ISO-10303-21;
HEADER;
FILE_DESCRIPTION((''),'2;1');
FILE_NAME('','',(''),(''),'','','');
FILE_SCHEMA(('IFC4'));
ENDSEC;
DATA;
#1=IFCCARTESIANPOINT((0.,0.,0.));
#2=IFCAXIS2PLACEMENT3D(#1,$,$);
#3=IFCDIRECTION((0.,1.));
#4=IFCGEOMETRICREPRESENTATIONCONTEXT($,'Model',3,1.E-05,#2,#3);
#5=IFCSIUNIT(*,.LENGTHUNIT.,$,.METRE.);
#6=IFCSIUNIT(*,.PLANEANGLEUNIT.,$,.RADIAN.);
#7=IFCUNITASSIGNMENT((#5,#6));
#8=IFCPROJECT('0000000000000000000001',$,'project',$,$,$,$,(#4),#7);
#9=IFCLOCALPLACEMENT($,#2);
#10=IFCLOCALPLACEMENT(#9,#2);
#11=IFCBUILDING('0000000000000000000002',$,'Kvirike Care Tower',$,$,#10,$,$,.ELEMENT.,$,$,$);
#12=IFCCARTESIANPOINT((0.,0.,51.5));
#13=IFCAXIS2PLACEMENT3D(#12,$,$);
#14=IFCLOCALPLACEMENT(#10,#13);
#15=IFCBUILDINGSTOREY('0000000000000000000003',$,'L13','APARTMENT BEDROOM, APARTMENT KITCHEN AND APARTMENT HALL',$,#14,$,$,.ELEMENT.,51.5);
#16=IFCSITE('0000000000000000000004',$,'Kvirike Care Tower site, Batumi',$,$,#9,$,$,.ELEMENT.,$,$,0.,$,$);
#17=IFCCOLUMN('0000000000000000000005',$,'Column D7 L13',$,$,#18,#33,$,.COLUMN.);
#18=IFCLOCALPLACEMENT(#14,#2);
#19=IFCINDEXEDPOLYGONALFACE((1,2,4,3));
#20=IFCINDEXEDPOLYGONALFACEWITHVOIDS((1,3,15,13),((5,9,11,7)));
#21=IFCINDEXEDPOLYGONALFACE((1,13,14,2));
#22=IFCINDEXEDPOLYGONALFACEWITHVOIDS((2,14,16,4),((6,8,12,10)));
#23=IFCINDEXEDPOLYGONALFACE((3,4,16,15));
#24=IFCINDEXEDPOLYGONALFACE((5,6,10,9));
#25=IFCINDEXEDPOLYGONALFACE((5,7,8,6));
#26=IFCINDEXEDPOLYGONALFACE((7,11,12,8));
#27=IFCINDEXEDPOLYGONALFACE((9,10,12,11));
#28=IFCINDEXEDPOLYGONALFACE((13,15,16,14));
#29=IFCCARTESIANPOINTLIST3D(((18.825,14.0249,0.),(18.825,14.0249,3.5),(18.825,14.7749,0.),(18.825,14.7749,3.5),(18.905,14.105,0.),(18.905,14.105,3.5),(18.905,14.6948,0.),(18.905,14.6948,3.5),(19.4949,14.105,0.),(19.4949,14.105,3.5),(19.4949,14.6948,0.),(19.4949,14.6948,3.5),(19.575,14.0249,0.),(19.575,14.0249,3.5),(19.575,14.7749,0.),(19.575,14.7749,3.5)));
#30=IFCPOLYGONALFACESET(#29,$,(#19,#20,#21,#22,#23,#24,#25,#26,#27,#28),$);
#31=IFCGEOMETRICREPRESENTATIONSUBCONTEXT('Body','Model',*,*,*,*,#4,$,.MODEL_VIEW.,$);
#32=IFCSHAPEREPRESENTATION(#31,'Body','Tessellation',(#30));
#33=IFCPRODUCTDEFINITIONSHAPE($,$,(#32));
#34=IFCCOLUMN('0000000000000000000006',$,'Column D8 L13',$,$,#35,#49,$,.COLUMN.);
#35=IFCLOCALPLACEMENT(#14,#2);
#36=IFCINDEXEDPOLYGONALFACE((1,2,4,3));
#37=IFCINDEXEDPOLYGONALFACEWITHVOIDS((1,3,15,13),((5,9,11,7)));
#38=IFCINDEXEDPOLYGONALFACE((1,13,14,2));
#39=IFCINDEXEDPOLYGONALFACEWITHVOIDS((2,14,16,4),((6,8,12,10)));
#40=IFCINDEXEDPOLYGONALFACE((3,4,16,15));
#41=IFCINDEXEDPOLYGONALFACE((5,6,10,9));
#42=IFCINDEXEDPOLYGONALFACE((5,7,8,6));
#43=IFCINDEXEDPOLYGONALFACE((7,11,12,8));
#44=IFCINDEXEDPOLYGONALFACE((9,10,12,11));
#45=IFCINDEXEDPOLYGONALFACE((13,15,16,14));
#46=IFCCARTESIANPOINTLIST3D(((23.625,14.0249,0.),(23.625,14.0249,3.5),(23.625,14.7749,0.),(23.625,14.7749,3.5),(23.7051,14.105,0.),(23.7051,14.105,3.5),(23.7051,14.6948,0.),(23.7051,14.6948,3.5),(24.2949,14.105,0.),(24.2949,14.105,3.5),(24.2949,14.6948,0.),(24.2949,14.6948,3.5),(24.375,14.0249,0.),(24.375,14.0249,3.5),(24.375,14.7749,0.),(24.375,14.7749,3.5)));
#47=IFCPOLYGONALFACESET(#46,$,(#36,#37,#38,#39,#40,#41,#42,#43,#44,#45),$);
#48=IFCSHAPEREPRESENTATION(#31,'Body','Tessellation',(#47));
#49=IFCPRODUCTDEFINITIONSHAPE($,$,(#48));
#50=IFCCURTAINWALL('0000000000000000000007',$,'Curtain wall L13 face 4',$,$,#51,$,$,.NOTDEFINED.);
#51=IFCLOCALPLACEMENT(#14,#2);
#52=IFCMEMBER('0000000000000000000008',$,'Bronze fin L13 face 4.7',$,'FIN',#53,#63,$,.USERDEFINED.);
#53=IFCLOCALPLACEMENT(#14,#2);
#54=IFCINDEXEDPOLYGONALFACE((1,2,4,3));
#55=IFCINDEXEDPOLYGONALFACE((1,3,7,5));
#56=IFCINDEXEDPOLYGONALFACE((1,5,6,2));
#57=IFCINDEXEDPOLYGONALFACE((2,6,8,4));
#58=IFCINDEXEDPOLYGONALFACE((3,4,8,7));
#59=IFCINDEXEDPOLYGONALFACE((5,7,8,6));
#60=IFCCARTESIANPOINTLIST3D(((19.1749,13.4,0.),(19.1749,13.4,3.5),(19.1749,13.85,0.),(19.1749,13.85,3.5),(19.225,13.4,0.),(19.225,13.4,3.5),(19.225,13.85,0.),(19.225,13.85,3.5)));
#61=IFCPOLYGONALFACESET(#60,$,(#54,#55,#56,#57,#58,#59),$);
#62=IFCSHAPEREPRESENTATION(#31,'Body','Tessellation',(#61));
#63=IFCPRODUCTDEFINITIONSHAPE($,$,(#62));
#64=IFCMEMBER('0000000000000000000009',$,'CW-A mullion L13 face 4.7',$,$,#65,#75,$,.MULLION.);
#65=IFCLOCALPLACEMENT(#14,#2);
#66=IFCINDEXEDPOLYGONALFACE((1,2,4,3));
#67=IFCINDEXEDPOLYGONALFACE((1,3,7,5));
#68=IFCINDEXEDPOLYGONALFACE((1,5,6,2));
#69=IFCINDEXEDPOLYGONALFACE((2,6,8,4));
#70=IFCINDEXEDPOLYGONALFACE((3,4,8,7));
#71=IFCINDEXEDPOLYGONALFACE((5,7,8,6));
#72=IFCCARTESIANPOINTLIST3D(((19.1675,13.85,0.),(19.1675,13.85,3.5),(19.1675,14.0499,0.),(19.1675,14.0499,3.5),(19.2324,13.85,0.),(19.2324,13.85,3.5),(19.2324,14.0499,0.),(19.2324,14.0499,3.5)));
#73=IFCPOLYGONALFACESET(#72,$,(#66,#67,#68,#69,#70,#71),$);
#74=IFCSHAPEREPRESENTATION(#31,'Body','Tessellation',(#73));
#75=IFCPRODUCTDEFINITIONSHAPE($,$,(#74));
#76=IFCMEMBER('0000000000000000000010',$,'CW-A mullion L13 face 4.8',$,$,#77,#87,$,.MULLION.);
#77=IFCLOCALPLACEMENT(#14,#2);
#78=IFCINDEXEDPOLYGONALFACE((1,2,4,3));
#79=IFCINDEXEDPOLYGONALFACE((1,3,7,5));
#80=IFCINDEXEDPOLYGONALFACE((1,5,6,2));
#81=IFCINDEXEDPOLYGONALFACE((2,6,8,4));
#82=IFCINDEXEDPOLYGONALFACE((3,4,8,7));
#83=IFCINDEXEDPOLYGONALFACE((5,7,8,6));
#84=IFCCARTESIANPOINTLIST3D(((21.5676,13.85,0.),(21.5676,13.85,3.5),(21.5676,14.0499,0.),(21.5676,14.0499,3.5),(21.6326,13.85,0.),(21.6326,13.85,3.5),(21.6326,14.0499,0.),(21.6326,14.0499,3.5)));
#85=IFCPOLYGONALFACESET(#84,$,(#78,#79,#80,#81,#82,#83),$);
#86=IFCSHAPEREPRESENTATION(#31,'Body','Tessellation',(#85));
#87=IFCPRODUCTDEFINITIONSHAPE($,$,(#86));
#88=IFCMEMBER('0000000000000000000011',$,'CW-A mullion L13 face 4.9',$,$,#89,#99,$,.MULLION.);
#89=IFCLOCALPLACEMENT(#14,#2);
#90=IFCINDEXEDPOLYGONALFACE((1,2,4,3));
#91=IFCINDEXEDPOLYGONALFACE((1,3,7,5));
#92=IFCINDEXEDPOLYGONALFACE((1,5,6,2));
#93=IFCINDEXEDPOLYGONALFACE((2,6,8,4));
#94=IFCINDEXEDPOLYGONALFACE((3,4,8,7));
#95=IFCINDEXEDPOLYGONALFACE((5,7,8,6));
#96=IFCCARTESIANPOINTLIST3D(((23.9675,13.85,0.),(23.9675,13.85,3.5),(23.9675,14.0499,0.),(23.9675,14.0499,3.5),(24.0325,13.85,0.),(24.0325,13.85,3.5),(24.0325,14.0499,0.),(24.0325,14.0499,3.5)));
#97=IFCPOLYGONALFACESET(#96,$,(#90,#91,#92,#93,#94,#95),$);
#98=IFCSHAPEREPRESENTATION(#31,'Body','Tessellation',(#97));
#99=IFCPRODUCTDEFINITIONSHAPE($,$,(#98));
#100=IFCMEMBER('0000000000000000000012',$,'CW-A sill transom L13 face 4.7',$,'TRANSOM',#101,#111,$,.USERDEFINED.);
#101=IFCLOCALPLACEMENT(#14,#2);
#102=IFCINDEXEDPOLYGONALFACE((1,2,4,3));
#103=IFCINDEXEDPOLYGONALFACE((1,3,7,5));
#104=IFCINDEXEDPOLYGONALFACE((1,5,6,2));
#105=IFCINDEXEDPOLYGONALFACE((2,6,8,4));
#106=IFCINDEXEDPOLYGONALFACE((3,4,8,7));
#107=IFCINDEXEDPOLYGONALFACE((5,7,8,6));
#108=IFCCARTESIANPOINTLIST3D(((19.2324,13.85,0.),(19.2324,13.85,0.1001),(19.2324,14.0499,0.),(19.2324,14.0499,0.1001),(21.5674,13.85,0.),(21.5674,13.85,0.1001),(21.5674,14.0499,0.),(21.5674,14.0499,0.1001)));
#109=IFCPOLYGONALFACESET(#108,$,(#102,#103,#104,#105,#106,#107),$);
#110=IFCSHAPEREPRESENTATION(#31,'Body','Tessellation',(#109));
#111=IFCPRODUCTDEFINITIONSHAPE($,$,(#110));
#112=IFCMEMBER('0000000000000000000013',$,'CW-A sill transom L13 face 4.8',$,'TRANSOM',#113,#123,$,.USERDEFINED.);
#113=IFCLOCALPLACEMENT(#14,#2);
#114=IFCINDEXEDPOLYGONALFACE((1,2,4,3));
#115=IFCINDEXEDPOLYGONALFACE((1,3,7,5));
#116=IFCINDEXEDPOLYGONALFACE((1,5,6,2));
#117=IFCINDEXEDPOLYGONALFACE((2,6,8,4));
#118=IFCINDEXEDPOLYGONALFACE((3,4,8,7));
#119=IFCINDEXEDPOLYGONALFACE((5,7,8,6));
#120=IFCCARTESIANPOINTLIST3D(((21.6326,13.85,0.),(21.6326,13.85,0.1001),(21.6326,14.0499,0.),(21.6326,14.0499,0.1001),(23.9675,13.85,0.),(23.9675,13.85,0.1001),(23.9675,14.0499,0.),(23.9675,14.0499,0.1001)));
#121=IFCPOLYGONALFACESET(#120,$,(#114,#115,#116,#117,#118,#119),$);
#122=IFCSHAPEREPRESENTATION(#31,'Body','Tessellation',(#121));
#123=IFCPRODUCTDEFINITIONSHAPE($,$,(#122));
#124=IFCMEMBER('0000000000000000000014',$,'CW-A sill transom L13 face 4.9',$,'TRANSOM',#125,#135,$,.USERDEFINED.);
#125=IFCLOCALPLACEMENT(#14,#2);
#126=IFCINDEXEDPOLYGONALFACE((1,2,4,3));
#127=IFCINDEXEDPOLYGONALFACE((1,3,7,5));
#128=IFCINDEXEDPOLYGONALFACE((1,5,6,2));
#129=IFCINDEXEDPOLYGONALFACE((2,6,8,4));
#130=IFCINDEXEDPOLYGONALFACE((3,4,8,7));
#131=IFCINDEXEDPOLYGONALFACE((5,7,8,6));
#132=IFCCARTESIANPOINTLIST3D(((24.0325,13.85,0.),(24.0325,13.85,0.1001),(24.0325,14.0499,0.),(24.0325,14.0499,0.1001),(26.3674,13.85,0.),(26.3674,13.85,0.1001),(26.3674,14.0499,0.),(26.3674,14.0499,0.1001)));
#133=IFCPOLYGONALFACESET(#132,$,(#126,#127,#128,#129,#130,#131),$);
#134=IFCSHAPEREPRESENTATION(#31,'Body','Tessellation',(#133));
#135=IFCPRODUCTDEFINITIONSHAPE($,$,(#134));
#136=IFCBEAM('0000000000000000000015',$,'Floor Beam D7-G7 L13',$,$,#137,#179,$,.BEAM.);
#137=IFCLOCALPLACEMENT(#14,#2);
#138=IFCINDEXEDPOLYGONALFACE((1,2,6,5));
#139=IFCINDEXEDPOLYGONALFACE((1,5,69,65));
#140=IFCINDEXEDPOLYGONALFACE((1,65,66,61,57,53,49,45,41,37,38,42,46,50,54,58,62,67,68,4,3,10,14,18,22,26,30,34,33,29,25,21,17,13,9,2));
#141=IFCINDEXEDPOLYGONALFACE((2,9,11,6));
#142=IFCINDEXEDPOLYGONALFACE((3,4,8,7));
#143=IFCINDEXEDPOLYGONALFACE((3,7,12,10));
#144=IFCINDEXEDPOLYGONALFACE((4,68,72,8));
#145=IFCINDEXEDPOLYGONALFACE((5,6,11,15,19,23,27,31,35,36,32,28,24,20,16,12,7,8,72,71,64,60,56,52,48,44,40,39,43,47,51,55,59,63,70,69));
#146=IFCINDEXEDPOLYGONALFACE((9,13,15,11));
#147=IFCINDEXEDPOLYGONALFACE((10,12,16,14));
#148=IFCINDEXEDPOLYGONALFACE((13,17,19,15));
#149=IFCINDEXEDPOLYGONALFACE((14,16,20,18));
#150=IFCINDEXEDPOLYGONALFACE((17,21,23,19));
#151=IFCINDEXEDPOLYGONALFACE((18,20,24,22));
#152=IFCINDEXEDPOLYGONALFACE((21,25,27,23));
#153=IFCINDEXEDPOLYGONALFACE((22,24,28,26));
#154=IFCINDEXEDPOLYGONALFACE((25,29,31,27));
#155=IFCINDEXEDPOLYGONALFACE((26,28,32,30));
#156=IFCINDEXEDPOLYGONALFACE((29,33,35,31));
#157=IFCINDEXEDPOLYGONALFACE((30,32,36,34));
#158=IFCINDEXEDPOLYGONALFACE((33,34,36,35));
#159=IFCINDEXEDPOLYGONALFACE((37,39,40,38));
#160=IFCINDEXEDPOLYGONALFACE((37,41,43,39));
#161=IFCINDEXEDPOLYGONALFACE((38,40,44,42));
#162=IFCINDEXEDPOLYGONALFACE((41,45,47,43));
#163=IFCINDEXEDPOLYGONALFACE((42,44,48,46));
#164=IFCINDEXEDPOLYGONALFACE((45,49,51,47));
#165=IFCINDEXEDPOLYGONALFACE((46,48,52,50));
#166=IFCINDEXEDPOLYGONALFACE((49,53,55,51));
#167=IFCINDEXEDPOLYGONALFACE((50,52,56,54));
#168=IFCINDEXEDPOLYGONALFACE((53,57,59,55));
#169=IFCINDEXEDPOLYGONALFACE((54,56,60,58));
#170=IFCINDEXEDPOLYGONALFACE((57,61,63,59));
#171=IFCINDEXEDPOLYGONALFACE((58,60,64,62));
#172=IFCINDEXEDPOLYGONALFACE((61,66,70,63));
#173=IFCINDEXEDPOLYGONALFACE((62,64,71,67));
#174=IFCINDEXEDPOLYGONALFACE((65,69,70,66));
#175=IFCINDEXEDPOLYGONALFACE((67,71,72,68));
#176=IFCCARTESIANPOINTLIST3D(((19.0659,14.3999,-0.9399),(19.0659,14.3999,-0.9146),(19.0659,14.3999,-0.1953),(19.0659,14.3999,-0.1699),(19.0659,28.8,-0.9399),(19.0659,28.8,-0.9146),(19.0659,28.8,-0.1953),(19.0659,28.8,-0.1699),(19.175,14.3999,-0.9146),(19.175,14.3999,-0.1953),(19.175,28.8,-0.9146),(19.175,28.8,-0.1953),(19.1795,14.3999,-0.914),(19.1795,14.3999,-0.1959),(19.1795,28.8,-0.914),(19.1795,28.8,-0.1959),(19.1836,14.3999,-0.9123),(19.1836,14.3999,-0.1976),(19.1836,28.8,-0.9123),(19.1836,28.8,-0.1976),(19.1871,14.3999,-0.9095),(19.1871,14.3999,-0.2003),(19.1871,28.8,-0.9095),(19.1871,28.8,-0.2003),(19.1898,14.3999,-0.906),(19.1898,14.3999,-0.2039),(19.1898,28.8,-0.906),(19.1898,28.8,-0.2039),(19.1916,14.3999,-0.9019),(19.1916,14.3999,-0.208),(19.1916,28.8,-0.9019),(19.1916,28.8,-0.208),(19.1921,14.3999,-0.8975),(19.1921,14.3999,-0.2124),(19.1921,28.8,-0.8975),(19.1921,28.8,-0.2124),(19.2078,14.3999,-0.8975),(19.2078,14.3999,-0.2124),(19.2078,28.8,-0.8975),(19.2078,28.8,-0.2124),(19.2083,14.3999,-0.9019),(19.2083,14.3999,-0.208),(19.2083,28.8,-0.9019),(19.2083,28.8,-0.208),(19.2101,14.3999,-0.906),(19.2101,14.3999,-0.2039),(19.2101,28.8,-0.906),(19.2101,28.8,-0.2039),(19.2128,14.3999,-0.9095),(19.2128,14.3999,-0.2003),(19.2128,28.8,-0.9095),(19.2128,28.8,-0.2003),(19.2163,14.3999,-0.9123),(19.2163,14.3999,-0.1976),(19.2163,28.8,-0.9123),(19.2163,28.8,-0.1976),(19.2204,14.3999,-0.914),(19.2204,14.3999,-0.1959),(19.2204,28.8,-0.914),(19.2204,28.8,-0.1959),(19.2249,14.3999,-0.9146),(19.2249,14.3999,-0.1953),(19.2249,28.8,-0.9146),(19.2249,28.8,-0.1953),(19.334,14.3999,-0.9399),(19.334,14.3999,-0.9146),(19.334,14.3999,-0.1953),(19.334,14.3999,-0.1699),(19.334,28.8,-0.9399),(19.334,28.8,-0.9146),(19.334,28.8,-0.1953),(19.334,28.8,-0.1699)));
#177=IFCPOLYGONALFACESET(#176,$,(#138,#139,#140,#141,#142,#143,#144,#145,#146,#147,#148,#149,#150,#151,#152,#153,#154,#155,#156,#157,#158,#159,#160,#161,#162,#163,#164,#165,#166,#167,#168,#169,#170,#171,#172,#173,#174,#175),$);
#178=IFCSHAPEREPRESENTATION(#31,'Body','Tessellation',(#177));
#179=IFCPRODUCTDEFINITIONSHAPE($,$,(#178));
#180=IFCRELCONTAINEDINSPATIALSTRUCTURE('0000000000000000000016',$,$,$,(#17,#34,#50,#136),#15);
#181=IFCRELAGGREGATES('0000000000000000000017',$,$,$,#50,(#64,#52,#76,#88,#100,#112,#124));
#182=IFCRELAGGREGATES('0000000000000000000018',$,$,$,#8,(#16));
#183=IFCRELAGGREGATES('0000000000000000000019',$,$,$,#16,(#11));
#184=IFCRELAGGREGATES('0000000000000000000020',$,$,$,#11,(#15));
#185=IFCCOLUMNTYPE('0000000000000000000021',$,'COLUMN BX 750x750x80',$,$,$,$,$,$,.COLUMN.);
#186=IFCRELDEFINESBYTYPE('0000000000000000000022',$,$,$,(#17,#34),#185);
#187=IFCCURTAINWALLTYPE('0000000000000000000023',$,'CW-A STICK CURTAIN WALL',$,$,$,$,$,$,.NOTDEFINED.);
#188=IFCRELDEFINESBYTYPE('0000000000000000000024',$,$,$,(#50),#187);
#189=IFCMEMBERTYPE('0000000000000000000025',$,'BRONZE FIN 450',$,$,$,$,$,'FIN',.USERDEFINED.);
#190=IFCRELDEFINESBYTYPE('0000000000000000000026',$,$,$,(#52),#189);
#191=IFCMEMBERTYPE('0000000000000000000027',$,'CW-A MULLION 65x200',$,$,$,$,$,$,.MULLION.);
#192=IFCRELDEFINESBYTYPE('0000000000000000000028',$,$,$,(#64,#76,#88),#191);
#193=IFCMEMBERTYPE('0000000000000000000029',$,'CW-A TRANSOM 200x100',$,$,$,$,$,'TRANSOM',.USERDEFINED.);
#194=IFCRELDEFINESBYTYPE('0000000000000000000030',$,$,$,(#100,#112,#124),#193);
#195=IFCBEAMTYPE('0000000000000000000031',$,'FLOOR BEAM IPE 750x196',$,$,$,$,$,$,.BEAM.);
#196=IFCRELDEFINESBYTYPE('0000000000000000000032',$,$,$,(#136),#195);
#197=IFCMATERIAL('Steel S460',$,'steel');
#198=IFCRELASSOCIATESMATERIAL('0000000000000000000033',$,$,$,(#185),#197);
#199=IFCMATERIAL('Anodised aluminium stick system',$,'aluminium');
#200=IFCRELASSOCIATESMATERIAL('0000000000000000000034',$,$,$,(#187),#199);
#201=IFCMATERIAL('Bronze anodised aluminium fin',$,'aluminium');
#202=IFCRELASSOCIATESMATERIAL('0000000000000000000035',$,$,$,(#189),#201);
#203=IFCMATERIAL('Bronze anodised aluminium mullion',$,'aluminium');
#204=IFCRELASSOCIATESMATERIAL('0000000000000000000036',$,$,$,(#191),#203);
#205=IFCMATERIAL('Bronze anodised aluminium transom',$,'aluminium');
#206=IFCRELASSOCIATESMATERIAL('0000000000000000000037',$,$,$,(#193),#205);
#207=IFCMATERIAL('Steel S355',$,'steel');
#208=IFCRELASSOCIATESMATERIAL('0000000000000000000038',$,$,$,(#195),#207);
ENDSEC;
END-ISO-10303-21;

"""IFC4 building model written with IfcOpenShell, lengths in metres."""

from ifc_helpers import new_model, si_unit, direction, frame, origin, origin_2d, place, context, subcontext, project, spatial, rectangle, hollow_rectangle, i_section, extrude, material, material_profile, profile_set, type_object, element, aggregate, save


model = new_model("IFC4")

# Units and contexts
model_context = context("Model", 3, precision=1e-05, world=origin(), true_north=direction((0.0, 1.0)))
body_context = subcontext(model_context, "Body", "Model", "MODEL_VIEW")
ifc_project = project(units=[si_unit("LENGTHUNIT", "METRE"), si_unit("PLANEANGLEUNIT", "RADIAN")], contexts=[model_context])

# Site, building, storey
site_placement = place(None, origin())
site = spatial("IfcSite", under=ifc_project, at=site_placement, Name="Kvirike Care Tower site, Batumi", CompositionType="ELEMENT", RefElevation=0.0)
building_placement = place(site_placement, origin())
building = spatial("IfcBuilding", under=site, at=building_placement, Name="Kvirike Care Tower", CompositionType="ELEMENT")
storey_placement = place(building_placement, frame((0.0, 0.0, 51.5)))
storey = spatial("IfcBuildingStorey", under=building, at=storey_placement, Name="L13", Description="APARTMENT BEDROOM, APARTMENT KITCHEN AND APARTMENT HALL", CompositionType="ELEMENT", Elevation=51.5)

# Columns
ifc_material_1 = material(Name="Steel S460", Category="steel")
ifc_material_profile_1 = material_profile(ifc_material_1, hollow_rectangle(XDim=0.75, YDim=0.75, WallThickness=0.0801, at=origin_2d()), Name="BX 750x750x80")
ifc_profile_set_1 = profile_set([ifc_material_profile_1], Name="Steel S460")
column_type = type_object("IfcColumnType", Name="COLUMN BX 750x750x80", PredefinedType="COLUMN", material=ifc_profile_set_1)
for number, where, z_axis, x_axis, name in (
    (1, (19.2, 14.3999, 0.0), (0.0, 0.0, 1.0), (0.0, 1.0, 0.0), "Column D7 L13"),
    (2, (24.0, 14.3999, 0.0), (0.0, 0.0, 1.0), (0.0, 1.0, 0.0), "Column D8 L13"),
):
    element("IfcColumn", number, at=place(storey_placement, frame(where, z_axis=z_axis, x_axis=x_axis)), inside=storey, type_object=column_type, Name=name, PredefinedType="COLUMN", context=body_context, shape_type="SweptSolid", body=[
        extrude(hollow_rectangle(XDim=0.75, YDim=0.75, WallThickness=0.0801, at=origin_2d()), origin(), (0.0, 0.0, 1.0), 3.5),
    ])

# Curtain wall, members
ifc_material_2 = material(Name="Anodised aluminium stick system", Category="aluminium")
curtain_wall_type = type_object("IfcCurtainWallType", Name="CW-A STICK CURTAIN WALL", PredefinedType="NOTDEFINED", material=ifc_material_2)
curtain_wall_placement = place(storey_placement, origin())
curtain_wall = element("IfcCurtainWall", 3, at=curtain_wall_placement, inside=storey, type_object=curtain_wall_type, Name="Curtain wall L13 face 4", PredefinedType="NOTDEFINED")
ifc_material_3 = material(Name="Bronze anodised aluminium fin", Category="aluminium")
ifc_material_profile_2 = material_profile(ifc_material_3, rectangle(XDim=0.05, YDim=0.45, at=origin_2d()), Name="BRONZE FIN 450")
ifc_profile_set_2 = profile_set([ifc_material_profile_2], Name="Bronze anodised aluminium fin")
member_type_1 = type_object("IfcMemberType", Name="BRONZE FIN 450", ElementType="FIN", PredefinedType="USERDEFINED", material=ifc_profile_set_2)
member_1_placement = place(storey_placement, frame((19.2, 13.625, 0.0), z_axis=(0.0, 0.0, 1.0), x_axis=(1.0, 0.0, 0.0)))
member_1 = element("IfcMember", 4, at=member_1_placement, type_object=member_type_1, Name="Bronze fin L13 face 4.7", ObjectType="FIN", PredefinedType="USERDEFINED", context=body_context, shape_type="SweptSolid", body=[
    extrude(rectangle(XDim=0.05, YDim=0.45, at=origin_2d()), origin(), (0.0, 0.0, 1.0), 3.5),
])
ifc_material_4 = material(Name="Bronze anodised aluminium mullion", Category="aluminium")
ifc_material_profile_3 = material_profile(ifc_material_4, rectangle(XDim=0.0649, YDim=0.2, at=origin_2d()), Name="CW-A MULLION 65x200")
ifc_profile_set_3 = profile_set([ifc_material_profile_3], Name="Bronze anodised aluminium mullion")
member_type_2 = type_object("IfcMemberType", Name="CW-A MULLION 65x200", PredefinedType="MULLION", material=ifc_profile_set_3)
member_2_placement = place(storey_placement, frame((19.2, 13.95, 0.0), z_axis=(0.0, 0.0, 1.0), x_axis=(1.0, 0.0, 0.0)))
member_2 = element("IfcMember", 5, at=member_2_placement, type_object=member_type_2, Name="CW-A mullion L13 face 4.7", PredefinedType="MULLION", context=body_context, shape_type="SweptSolid", body=[
    extrude(rectangle(XDim=0.0649, YDim=0.2, at=origin_2d()), origin(), (0.0, 0.0, 1.0), 3.5),
])
member_3_placement = place(storey_placement, frame((21.6001, 13.95, 0.0), z_axis=(0.0, 0.0, 1.0), x_axis=(1.0, 0.0, 0.0)))
member_3 = element("IfcMember", 6, at=member_3_placement, type_object=member_type_2, Name="CW-A mullion L13 face 4.8", PredefinedType="MULLION", context=body_context, shape_type="SweptSolid", body=[
    extrude(rectangle(XDim=0.0649, YDim=0.2, at=origin_2d()), origin(), (0.0, 0.0, 1.0), 3.5),
])
member_4_placement = place(storey_placement, frame((24.0, 13.95, 0.0), z_axis=(0.0, 0.0, 1.0), x_axis=(1.0, 0.0, 0.0)))
member_4 = element("IfcMember", 7, at=member_4_placement, type_object=member_type_2, Name="CW-A mullion L13 face 4.9", PredefinedType="MULLION", context=body_context, shape_type="SweptSolid", body=[
    extrude(rectangle(XDim=0.0649, YDim=0.2, at=origin_2d()), origin(), (0.0, 0.0, 1.0), 3.5),
])
ifc_material_5 = material(Name="Bronze anodised aluminium transom", Category="aluminium")
ifc_material_profile_4 = material_profile(ifc_material_5, rectangle(XDim=0.2, YDim=0.1001, at=origin_2d()), Name="CW-A TRANSOM 200x100")
ifc_profile_set_4 = profile_set([ifc_material_profile_4], Name="Bronze anodised aluminium transom")
member_type_3 = type_object("IfcMemberType", Name="CW-A TRANSOM 200x100", ElementType="TRANSOM", PredefinedType="USERDEFINED", material=ifc_profile_set_4)
member_5_placement = place(storey_placement, frame((19.2324, 13.95, 0.05), z_axis=(1.0, 0.0, 0.0), x_axis=(0.0, 1.0, 0.0)))
member_5 = element("IfcMember", 8, at=member_5_placement, type_object=member_type_3, Name="CW-A sill transom L13 face 4.7", ObjectType="TRANSOM", PredefinedType="USERDEFINED", context=body_context, shape_type="SweptSolid", body=[
    extrude(rectangle(XDim=0.2, YDim=0.1001, at=origin_2d()), origin(), (0.0, 0.0, 1.0), 2.335),
])
member_6_placement = place(storey_placement, frame((21.6326, 13.95, 0.05), z_axis=(1.0, 0.0, 0.0), x_axis=(0.0, 1.0, 0.0)))
member_6 = element("IfcMember", 9, at=member_6_placement, type_object=member_type_3, Name="CW-A sill transom L13 face 4.8", ObjectType="TRANSOM", PredefinedType="USERDEFINED", context=body_context, shape_type="SweptSolid", body=[
    extrude(rectangle(XDim=0.2, YDim=0.1001, at=origin_2d()), origin(), (0.0, 0.0, 1.0), 2.335),
])
member_7_placement = place(storey_placement, frame((24.0325, 13.95, 0.05), z_axis=(1.0, 0.0, 0.0), x_axis=(0.0, 1.0, 0.0)))
member_7 = element("IfcMember", 10, at=member_7_placement, type_object=member_type_3, Name="CW-A sill transom L13 face 4.9", ObjectType="TRANSOM", PredefinedType="USERDEFINED", context=body_context, shape_type="SweptSolid", body=[
    extrude(rectangle(XDim=0.2, YDim=0.1001, at=origin_2d()), origin(), (0.0, 0.0, 1.0), 2.335),
])

# Beam
ifc_material_6 = material(Name="Steel S355", Category="steel")
ifc_material_profile_5 = material_profile(ifc_material_6, i_section(OverallWidth=0.2681, OverallDepth=0.77, WebThickness=0.0156, FlangeThickness=0.0254, FilletRadius=0.0171, at=origin_2d()), Name="IPE 750x196")
ifc_profile_set_5 = profile_set([ifc_material_profile_5], Name="Steel S355")
beam_type_1 = type_object("IfcBeamType", Name="FLOOR BEAM IPE 750x196", PredefinedType="BEAM", material=ifc_profile_set_5)
beam_placement = place(storey_placement, frame((19.2, 14.3999, -0.5549), z_axis=(0.0, 1.0, 0.0), x_axis=(-1.0, 0.0, 0.0)))
element("IfcBeam", 11, at=beam_placement, inside=storey, type_object=beam_type_1, Name="Floor Beam D7-G7 L13", PredefinedType="BEAM", context=body_context, shape_type="SweptSolid", body=[
    extrude(i_section(OverallWidth=0.2681, OverallDepth=0.77, WebThickness=0.0156, FlangeThickness=0.0254, FilletRadius=0.0171, at=origin_2d()), origin(), (0.0, 0.0, 1.0), 14.4001),
])

aggregate(curtain_wall, [member_2, member_1, member_3, member_4, member_5, member_6, member_7])

save(model, "model.ifc")
